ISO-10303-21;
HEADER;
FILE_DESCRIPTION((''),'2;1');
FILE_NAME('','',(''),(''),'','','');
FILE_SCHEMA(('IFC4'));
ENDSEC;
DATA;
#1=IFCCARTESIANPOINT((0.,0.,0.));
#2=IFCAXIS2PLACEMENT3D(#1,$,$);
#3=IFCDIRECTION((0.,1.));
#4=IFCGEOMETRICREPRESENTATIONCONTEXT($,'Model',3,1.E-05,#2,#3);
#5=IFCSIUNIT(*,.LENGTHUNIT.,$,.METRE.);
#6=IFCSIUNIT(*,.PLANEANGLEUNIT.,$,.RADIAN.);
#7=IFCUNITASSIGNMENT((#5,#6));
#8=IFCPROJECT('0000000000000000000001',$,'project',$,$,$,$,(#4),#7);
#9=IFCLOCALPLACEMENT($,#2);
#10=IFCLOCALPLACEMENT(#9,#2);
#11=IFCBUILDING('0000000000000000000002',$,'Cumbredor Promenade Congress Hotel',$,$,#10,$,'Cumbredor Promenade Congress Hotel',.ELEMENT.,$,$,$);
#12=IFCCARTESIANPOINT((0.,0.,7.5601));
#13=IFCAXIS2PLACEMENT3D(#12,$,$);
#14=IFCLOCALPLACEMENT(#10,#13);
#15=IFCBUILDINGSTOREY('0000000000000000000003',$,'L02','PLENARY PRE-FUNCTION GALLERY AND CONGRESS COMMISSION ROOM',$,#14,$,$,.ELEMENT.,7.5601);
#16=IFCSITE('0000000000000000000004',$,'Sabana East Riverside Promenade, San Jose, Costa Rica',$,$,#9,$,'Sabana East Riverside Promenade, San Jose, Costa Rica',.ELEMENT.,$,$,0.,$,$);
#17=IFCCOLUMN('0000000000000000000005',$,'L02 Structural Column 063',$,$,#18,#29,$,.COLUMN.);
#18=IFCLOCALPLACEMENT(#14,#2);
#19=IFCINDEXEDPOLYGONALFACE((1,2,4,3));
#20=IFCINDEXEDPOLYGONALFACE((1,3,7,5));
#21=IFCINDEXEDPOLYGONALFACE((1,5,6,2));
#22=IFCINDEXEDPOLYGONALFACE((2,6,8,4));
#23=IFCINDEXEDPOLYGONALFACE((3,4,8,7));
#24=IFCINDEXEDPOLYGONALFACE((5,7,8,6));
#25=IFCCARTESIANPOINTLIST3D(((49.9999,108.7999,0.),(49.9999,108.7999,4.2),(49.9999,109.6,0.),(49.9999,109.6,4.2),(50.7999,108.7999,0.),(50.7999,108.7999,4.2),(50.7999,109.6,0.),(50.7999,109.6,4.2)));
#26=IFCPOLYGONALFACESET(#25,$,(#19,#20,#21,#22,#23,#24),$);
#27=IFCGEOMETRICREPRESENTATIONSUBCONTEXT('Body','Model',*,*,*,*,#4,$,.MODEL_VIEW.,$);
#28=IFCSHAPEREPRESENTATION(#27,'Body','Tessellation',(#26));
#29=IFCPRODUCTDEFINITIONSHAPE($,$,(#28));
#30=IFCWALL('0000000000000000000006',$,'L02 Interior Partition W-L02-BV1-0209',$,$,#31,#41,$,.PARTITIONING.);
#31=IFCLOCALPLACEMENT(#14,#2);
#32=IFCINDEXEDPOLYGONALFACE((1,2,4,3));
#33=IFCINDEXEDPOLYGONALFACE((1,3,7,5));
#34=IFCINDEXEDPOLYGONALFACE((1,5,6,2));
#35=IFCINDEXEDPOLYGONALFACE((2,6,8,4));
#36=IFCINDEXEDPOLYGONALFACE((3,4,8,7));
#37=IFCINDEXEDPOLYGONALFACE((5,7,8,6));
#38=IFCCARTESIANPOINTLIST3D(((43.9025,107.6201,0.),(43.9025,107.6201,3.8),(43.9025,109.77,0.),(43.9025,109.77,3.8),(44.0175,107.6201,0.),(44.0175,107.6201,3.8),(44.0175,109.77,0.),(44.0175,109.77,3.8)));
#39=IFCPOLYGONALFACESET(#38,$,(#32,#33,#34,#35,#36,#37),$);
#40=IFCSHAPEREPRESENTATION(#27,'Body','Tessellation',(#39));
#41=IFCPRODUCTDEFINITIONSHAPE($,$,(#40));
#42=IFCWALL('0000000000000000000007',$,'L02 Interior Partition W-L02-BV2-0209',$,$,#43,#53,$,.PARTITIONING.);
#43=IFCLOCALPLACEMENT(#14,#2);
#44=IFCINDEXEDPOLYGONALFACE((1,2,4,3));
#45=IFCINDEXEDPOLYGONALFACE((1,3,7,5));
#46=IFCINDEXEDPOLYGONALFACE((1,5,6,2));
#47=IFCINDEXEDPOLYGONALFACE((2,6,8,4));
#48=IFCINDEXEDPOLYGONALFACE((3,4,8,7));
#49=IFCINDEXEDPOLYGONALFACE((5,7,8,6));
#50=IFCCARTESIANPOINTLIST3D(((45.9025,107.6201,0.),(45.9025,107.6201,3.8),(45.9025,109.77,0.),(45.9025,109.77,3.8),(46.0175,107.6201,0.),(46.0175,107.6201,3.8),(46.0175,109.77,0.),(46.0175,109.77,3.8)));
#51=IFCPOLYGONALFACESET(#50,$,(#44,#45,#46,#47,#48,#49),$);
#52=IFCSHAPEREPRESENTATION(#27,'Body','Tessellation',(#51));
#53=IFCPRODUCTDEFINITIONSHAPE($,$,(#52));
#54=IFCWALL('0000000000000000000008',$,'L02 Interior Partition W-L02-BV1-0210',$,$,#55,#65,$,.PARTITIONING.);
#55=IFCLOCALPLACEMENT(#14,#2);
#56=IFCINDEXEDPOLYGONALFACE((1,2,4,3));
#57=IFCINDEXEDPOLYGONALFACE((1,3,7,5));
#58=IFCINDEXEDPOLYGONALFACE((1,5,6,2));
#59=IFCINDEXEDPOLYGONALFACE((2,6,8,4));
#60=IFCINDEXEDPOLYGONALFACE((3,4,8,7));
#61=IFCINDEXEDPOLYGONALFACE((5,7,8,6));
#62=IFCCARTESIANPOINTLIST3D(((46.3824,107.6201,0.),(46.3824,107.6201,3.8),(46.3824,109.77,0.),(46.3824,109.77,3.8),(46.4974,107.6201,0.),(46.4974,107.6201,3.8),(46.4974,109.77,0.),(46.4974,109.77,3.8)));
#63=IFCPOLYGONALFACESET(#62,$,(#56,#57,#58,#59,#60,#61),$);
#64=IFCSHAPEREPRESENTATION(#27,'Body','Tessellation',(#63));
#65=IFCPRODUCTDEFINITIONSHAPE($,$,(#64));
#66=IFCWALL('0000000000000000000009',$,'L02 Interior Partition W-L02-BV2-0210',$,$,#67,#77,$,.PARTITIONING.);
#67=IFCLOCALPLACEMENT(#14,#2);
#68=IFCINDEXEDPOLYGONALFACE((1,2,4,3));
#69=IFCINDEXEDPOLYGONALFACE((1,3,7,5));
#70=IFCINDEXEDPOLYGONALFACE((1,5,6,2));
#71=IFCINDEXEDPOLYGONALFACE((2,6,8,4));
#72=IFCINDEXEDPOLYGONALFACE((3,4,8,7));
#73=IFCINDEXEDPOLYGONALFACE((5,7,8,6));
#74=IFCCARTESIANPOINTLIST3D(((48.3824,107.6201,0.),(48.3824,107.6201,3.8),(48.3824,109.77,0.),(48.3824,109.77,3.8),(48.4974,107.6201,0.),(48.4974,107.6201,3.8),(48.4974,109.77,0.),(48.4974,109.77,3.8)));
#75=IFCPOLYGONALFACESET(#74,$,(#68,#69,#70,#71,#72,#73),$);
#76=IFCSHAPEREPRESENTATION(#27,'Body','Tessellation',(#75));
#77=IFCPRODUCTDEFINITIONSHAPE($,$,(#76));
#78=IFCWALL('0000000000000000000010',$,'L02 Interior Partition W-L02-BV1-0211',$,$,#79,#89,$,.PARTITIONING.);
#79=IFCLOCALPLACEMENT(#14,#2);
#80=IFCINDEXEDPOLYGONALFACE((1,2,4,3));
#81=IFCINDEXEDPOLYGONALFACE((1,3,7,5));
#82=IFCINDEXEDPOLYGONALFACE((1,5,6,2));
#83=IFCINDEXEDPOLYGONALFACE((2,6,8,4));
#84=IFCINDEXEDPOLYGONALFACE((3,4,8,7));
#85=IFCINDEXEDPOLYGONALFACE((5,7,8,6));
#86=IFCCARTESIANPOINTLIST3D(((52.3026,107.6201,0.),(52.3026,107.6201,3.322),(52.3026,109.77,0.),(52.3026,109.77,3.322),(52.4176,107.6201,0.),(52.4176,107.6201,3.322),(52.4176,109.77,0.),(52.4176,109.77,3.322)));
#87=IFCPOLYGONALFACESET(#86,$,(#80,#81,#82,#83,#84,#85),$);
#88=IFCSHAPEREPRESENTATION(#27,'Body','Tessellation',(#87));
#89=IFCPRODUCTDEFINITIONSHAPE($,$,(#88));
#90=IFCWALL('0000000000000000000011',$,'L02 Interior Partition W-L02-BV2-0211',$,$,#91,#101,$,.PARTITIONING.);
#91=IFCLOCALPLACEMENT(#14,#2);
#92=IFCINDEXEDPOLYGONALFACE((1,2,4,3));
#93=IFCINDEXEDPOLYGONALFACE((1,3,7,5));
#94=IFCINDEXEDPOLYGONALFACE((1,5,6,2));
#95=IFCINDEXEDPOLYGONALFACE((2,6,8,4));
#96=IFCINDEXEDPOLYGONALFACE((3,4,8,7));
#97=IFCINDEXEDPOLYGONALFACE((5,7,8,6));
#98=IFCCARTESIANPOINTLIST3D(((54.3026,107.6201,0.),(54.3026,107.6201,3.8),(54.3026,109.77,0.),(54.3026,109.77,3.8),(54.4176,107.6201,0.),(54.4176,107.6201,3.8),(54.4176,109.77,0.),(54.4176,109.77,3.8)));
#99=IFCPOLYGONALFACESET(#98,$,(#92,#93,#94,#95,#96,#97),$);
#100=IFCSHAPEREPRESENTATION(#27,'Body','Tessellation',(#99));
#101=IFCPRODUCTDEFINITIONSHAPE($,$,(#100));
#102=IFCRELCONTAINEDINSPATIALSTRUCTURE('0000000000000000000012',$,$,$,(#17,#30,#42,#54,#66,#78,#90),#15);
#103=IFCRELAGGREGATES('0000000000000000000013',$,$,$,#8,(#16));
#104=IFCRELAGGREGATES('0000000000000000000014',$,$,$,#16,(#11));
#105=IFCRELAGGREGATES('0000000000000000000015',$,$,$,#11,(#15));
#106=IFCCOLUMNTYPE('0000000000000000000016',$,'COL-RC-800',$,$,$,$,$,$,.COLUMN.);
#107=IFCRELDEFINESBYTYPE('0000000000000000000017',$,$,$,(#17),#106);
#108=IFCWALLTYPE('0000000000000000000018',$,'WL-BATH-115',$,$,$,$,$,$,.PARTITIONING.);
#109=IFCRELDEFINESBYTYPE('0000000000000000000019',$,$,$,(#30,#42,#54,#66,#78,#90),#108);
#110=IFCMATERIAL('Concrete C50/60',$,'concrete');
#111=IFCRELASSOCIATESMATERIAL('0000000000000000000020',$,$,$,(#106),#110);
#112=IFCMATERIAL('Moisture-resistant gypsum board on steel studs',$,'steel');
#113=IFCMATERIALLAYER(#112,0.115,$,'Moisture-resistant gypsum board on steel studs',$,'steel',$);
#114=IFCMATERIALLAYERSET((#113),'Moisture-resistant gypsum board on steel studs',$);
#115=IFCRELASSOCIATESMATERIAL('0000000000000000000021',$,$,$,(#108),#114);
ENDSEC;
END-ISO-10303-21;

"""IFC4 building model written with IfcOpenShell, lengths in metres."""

from ifc_helpers import new_model, si_unit, direction, frame, frame_2d, origin, origin_2d, place, context, subcontext, project, spatial, rectangle, extrude, material, layer, layer_set, material_profile, profile_set, type_object, element, save


model = new_model("IFC4")

# Units and contexts
model_context = context("Model", 3, precision=1e-05, world=origin(), true_north=direction((0.0, 1.0)))
body_context = subcontext(model_context, "Body", "Model", "MODEL_VIEW")
ifc_project = project(units=[si_unit("LENGTHUNIT", "METRE"), si_unit("PLANEANGLEUNIT", "RADIAN")], contexts=[model_context])

# Site, building, storey
site_placement = place(None, origin())
site = spatial("IfcSite", under=ifc_project, at=site_placement, Name="Sabana East Riverside Promenade, San Jose, Costa Rica", LongName="Sabana East Riverside Promenade, San Jose, Costa Rica", CompositionType="ELEMENT", RefElevation=0.0)
building_placement = place(site_placement, origin())
building = spatial("IfcBuilding", under=site, at=building_placement, Name="Cumbredor Promenade Congress Hotel", LongName="Cumbredor Promenade Congress Hotel", CompositionType="ELEMENT")
storey_placement = place(building_placement, frame((0.0, 0.0, 7.5601)))
storey = spatial("IfcBuildingStorey", under=building, at=storey_placement, Name="L02", Description="PLENARY PRE-FUNCTION GALLERY AND CONGRESS COMMISSION ROOM", CompositionType="ELEMENT", Elevation=7.5601)

# Column
ifc_material_1 = material(Name="Concrete C50/60", Category="concrete")
ifc_material_profile = material_profile(ifc_material_1, rectangle(XDim=0.8, YDim=0.8, at=origin_2d()), Name="RC 800x800")
ifc_profile_set = profile_set([ifc_material_profile], Name="Concrete C50/60")
column_type = type_object("IfcColumnType", Name="COL-RC-800", PredefinedType="COLUMN", material=ifc_profile_set)
column_placement = place(storey_placement, frame((50.3999, 109.2, 0.0), z_axis=(0.0, 0.0, 1.0), x_axis=(1.0, 0.0, 0.0)))
element("IfcColumn", 1, at=column_placement, inside=storey, type_object=column_type, Name="L02 Structural Column 063", PredefinedType="COLUMN", context=body_context, shape_type="SweptSolid", body=[
    extrude(rectangle(XDim=0.8, YDim=0.8, at=origin_2d()), origin(), (0.0, 0.0, 1.0), 4.2),
])

# Walls
ifc_material_2 = material(Name="Moisture-resistant gypsum board on steel studs", Category="steel")
ifc_layer_1 = layer(ifc_material_2, 0.115, Name="Moisture-resistant gypsum board on steel studs", Category="steel")
ifc_layer_set_1 = layer_set([ifc_layer_1], Name="Moisture-resistant gypsum board on steel studs")
wall_type_1 = type_object("IfcWallType", Name="WL-BATH-115", PredefinedType="PARTITIONING", material=ifc_layer_set_1)
for number, where, z_axis, x_axis, name in (
    (2, (43.96, 107.6201, 0.0), (0.0, 0.0, 1.0), (0.0, 1.0, 0.0), "L02 Interior Partition W-L02-BV1-0209"),
    (3, (45.96, 107.6201, 0.0), (0.0, 0.0, 1.0), (0.0, 1.0, 0.0), "L02 Interior Partition W-L02-BV2-0209"),
    (4, (46.4399, 107.6201, 0.0), (0.0, 0.0, 1.0), (0.0, 1.0, 0.0), "L02 Interior Partition W-L02-BV1-0210"),
    (5, (48.4399, 107.6201, 0.0), (0.0, 0.0, 1.0), (0.0, 1.0, 0.0), "L02 Interior Partition W-L02-BV2-0210"),
):
    element("IfcWall", number, at=place(storey_placement, frame(where, z_axis=z_axis, x_axis=x_axis)), inside=storey, type_object=wall_type_1, Name=name, PredefinedType="PARTITIONING", context=body_context, shape_type="SweptSolid", body=[
        extrude(rectangle(XDim=2.1499, YDim=0.115, at=frame_2d((1.075, 0.0))), origin(), (0.0, 0.0, 1.0), 3.8),
    ])
wall_1_placement = place(storey_placement, frame((52.3601, 107.6201, 0.0), z_axis=(0.0, 0.0, 1.0), x_axis=(0.0, 1.0, 0.0)))
element("IfcWall", 6, at=wall_1_placement, inside=storey, type_object=wall_type_1, Name="L02 Interior Partition W-L02-BV1-0211", PredefinedType="PARTITIONING", context=body_context, shape_type="SweptSolid", body=[
    extrude(rectangle(XDim=2.1499, YDim=0.115, at=frame_2d((1.075, 0.0))), origin(), (0.0, 0.0, 1.0), 3.322),
])
wall_2_placement = place(storey_placement, frame((54.3601, 107.6201, 0.0), z_axis=(0.0, 0.0, 1.0), x_axis=(0.0, 1.0, 0.0)))
element("IfcWall", 7, at=wall_2_placement, inside=storey, type_object=wall_type_1, Name="L02 Interior Partition W-L02-BV2-0211", PredefinedType="PARTITIONING", context=body_context, shape_type="SweptSolid", body=[
    extrude(rectangle(XDim=2.1499, YDim=0.115, at=frame_2d((1.075, 0.0))), origin(), (0.0, 0.0, 1.0), 3.8),
])

save(model, "model.ifc")
